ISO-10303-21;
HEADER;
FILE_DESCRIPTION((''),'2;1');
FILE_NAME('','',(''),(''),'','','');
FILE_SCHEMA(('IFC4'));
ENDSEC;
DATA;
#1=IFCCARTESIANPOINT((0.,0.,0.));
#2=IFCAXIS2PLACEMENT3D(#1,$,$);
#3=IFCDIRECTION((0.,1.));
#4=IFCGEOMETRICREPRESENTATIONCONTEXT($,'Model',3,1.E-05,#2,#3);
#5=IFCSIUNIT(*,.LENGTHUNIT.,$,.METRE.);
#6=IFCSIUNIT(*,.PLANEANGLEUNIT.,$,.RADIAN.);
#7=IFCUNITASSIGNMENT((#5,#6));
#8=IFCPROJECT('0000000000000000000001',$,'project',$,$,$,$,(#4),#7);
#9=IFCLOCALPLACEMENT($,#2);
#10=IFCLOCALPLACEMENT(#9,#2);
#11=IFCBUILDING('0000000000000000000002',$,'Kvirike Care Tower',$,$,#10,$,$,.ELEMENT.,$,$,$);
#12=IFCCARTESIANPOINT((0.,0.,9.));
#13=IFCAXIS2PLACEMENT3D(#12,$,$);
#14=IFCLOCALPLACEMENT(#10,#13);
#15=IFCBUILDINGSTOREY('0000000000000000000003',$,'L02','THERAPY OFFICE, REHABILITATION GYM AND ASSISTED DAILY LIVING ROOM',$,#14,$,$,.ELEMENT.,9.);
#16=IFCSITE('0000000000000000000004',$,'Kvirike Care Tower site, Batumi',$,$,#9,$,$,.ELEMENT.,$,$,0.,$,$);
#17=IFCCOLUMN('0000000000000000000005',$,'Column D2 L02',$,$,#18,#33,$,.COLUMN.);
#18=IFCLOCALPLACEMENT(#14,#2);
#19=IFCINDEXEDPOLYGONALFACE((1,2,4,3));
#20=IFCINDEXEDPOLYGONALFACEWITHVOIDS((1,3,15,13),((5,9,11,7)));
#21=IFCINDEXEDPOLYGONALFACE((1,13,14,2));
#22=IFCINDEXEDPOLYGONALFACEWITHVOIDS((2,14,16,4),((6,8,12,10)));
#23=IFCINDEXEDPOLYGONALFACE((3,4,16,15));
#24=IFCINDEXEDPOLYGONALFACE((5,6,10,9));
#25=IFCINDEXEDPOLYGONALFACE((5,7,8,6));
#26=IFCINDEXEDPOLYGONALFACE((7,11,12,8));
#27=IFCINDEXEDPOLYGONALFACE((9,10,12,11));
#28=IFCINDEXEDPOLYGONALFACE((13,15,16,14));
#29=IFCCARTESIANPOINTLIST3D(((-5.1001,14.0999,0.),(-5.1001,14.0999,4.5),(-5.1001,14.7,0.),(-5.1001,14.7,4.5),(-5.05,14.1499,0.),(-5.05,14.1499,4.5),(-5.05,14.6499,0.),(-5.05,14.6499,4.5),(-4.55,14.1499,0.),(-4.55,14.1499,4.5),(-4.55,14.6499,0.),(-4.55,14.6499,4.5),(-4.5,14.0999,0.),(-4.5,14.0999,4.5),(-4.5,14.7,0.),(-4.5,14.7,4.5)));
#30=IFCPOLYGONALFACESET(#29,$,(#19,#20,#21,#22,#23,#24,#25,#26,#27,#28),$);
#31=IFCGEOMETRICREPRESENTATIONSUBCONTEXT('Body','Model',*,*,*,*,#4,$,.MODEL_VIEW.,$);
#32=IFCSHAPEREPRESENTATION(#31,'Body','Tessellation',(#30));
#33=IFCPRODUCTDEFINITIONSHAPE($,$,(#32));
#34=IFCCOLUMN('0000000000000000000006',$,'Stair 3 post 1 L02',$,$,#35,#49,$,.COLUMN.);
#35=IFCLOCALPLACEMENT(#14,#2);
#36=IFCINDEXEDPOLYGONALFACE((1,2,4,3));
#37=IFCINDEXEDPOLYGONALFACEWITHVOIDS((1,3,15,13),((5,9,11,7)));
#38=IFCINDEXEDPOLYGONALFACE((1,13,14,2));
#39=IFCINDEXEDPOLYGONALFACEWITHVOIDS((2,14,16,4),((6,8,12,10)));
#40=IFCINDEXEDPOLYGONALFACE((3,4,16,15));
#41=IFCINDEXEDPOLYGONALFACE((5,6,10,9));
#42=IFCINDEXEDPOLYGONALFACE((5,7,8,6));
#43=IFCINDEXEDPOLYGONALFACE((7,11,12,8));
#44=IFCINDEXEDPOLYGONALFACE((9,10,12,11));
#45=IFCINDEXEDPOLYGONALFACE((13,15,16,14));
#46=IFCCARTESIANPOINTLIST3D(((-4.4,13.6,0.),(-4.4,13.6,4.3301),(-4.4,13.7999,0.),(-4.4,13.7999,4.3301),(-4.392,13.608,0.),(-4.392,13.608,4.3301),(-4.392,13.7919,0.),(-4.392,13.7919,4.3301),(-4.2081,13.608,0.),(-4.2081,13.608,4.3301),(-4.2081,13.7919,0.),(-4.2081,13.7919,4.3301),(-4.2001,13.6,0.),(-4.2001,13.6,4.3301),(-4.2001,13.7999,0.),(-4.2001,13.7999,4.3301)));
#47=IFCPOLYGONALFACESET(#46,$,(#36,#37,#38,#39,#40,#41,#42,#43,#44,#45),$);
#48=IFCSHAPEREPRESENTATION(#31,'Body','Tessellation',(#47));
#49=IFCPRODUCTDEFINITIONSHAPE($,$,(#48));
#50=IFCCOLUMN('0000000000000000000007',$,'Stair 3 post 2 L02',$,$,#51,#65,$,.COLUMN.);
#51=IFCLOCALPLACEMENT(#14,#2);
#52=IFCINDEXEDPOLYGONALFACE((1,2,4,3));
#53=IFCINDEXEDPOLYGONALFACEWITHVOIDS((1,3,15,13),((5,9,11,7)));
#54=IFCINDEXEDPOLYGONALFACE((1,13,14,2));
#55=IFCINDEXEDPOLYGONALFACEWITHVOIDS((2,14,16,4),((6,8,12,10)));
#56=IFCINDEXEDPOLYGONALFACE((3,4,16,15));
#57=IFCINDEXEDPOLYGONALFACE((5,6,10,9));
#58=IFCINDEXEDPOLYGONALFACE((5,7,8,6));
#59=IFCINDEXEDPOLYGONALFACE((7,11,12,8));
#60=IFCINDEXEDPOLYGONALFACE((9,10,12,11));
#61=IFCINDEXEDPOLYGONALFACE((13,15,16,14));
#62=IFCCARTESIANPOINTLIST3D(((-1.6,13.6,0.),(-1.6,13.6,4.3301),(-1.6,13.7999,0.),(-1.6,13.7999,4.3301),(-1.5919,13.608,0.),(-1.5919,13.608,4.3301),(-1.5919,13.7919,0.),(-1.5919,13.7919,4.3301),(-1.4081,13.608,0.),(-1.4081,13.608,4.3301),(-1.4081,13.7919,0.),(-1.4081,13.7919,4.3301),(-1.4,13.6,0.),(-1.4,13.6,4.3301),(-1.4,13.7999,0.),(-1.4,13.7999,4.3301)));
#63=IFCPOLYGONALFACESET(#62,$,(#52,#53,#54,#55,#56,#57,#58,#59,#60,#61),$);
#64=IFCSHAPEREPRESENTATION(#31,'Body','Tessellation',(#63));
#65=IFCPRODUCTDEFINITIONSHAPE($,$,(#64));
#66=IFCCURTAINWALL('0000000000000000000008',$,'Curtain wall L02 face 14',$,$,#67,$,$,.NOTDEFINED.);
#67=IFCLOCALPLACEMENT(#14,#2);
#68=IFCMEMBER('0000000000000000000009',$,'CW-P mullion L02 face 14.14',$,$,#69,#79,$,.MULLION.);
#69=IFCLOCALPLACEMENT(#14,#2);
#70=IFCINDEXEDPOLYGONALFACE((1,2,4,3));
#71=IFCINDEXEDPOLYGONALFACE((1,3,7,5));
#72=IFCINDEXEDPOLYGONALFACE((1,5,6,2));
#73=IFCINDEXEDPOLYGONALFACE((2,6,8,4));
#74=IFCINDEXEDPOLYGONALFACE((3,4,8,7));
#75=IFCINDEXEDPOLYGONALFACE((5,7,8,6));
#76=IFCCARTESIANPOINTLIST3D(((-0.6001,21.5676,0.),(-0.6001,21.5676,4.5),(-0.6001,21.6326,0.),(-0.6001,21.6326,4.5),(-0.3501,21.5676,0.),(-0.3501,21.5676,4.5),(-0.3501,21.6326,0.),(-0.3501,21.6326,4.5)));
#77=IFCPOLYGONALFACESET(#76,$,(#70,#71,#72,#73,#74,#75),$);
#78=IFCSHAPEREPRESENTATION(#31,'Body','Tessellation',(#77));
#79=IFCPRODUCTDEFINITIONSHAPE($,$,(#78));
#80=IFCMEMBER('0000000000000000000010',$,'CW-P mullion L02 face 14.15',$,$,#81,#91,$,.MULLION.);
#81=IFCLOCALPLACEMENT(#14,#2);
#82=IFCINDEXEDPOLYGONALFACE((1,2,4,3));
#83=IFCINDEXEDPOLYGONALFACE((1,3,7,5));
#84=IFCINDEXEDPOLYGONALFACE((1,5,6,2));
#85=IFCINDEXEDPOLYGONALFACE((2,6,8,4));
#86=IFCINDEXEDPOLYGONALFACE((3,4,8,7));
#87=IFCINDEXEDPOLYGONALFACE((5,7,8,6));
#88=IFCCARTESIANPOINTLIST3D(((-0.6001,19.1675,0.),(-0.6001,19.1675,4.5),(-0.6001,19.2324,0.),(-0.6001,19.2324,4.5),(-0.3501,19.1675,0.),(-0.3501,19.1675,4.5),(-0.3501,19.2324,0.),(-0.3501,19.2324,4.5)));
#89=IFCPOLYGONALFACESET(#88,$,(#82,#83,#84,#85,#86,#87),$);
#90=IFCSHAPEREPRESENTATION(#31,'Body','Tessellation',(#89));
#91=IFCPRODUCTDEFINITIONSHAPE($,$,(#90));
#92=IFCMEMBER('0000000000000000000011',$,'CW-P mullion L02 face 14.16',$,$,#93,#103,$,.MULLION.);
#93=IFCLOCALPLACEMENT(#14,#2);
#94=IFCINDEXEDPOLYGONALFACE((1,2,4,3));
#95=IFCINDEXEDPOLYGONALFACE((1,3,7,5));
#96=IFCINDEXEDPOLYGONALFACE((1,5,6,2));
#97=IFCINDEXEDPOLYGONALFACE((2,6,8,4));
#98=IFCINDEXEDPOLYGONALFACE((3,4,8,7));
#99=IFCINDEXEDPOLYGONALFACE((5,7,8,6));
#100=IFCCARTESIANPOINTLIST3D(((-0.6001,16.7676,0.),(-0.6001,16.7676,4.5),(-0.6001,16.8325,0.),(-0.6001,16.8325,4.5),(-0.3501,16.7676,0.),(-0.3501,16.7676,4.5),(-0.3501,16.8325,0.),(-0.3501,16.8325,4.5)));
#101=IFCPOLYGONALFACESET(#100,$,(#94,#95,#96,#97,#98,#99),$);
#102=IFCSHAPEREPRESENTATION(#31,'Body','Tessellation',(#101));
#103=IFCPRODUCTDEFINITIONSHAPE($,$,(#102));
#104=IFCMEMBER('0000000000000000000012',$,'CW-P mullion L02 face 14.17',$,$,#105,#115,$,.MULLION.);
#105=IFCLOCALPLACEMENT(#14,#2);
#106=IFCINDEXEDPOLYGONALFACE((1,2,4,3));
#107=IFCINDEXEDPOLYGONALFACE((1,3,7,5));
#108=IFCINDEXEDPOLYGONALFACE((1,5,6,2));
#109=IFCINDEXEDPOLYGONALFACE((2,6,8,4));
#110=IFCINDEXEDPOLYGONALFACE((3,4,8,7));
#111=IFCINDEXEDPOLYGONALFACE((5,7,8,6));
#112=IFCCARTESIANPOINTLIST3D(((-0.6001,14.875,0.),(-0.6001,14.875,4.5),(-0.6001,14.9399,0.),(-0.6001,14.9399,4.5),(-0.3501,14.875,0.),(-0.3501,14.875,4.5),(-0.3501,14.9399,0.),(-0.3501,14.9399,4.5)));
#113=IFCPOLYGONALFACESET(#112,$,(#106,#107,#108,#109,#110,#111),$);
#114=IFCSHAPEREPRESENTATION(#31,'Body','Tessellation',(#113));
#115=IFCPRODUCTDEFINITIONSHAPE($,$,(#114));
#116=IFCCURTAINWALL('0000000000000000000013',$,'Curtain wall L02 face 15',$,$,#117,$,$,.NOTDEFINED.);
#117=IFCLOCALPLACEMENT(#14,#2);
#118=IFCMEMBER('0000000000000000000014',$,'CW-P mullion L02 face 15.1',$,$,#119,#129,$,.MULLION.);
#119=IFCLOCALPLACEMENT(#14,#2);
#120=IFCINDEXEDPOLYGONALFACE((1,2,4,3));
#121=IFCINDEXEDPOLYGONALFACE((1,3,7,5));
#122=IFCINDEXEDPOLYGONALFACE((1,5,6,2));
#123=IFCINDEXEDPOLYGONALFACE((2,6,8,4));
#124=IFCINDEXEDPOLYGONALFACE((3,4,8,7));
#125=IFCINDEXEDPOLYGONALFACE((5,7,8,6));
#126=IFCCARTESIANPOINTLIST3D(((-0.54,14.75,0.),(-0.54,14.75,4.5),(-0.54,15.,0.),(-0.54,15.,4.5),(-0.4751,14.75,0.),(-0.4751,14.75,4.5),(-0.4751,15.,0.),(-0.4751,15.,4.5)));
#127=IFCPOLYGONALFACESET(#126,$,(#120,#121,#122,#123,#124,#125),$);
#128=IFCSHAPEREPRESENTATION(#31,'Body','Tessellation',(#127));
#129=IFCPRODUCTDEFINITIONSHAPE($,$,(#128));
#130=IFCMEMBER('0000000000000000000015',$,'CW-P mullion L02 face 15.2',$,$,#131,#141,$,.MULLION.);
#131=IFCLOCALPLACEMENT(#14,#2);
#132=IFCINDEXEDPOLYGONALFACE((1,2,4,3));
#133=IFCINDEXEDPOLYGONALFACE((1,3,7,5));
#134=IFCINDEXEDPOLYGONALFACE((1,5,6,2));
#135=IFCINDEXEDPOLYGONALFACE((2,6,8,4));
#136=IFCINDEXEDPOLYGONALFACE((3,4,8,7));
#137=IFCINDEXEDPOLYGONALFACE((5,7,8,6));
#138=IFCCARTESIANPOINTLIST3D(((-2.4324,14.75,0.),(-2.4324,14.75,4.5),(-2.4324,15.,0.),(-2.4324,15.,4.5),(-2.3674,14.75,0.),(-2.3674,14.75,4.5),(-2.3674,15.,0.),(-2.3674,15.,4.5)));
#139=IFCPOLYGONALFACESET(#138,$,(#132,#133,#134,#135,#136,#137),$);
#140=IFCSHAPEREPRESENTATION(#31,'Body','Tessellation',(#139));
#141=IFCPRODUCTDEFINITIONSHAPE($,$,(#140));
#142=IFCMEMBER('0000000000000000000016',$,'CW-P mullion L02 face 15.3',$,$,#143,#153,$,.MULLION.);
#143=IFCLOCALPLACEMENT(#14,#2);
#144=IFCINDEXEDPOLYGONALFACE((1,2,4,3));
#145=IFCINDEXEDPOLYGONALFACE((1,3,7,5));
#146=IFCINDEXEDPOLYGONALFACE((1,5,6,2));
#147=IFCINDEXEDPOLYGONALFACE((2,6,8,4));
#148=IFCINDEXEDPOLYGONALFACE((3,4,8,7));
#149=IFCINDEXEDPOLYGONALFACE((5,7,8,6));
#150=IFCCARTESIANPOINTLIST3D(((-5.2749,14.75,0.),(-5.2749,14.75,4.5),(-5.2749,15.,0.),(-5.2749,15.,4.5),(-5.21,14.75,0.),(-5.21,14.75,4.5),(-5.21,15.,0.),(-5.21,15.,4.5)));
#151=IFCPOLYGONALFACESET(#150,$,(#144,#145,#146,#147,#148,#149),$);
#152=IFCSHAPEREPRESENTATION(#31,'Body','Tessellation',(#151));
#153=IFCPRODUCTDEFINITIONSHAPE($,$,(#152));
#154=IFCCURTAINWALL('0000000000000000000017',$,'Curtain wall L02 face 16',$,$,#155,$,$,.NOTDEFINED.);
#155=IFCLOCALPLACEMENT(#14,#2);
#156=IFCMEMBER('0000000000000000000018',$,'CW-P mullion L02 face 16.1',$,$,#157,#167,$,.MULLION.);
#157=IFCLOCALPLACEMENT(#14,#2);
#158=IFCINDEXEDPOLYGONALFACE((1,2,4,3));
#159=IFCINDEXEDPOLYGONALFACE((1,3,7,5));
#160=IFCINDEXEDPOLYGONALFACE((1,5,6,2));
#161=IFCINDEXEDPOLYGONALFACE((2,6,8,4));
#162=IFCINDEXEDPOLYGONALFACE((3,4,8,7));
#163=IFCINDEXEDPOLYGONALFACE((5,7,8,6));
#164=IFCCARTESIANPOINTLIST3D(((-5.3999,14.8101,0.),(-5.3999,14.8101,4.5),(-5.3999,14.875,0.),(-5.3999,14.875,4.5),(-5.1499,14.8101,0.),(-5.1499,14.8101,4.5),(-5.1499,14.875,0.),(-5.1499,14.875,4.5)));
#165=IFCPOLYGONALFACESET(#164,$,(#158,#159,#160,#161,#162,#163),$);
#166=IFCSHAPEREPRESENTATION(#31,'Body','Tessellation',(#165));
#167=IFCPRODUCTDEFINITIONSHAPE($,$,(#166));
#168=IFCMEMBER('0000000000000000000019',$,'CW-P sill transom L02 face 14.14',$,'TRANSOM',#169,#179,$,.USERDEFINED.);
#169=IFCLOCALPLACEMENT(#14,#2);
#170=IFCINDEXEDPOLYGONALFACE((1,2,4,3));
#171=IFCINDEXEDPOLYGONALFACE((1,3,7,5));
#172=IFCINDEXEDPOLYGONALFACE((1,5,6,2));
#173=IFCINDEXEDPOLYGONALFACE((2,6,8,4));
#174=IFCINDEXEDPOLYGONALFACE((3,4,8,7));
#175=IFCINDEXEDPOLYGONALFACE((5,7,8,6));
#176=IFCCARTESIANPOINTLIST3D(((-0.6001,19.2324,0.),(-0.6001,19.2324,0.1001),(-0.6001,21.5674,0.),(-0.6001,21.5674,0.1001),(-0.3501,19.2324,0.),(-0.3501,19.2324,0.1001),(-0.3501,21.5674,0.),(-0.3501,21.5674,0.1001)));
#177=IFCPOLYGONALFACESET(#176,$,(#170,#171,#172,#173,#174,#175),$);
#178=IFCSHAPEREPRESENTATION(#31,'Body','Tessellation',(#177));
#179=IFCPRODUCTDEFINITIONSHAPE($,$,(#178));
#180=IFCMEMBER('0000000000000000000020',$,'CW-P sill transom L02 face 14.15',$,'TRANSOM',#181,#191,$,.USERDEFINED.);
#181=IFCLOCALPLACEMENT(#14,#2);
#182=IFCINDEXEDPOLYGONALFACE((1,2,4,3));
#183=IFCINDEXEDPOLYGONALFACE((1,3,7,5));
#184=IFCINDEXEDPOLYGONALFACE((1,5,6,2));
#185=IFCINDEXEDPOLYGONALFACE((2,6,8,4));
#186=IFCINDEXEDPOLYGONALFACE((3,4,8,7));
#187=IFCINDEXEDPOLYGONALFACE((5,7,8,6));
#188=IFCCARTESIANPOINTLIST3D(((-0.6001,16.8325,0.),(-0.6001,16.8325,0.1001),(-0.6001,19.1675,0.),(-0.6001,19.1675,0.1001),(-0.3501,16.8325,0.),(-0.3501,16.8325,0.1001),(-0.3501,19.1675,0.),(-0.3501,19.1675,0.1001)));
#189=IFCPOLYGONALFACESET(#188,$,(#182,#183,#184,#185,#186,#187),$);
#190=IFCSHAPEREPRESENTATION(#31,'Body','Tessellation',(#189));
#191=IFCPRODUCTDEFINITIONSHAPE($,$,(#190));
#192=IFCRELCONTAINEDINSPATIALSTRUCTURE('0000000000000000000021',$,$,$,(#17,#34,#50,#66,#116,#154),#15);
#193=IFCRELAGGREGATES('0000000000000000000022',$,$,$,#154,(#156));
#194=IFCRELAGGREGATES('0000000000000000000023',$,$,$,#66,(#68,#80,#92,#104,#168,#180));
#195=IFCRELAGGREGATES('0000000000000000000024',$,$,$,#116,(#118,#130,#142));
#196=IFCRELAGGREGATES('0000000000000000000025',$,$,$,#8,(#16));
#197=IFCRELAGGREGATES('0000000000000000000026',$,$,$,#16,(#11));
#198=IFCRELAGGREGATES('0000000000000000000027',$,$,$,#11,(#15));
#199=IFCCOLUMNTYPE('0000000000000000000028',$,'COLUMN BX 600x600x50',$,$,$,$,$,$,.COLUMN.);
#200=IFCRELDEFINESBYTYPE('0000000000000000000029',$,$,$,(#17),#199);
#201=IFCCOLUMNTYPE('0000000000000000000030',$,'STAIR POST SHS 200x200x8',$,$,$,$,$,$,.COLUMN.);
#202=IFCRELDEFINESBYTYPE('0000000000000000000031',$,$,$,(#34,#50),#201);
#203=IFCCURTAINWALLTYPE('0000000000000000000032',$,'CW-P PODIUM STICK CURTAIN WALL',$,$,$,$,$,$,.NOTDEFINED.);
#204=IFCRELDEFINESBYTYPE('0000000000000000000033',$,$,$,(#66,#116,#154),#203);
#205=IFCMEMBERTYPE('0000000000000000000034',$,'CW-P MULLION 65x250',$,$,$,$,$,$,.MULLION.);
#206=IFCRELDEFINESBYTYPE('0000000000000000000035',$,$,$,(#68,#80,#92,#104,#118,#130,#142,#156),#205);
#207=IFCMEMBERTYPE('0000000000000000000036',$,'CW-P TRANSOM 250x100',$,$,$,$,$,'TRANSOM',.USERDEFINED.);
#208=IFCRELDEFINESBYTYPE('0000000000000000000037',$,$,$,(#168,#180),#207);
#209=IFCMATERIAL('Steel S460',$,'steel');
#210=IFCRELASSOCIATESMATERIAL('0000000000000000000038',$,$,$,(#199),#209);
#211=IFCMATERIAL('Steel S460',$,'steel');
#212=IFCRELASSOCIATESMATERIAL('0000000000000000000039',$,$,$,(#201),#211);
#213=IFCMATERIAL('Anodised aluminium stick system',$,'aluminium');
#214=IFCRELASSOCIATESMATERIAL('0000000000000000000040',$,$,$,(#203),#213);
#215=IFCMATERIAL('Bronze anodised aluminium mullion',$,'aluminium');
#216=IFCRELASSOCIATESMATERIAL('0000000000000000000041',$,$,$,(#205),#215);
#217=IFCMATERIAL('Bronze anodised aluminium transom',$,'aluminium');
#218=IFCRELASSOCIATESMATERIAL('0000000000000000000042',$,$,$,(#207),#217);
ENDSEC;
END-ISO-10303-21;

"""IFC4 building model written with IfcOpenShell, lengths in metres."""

from ifc_helpers import new_model, si_unit, direction, frame, origin, origin_2d, place, context, subcontext, project, spatial, rectangle, hollow_rectangle, extrude, material, material_profile, profile_set, type_object, element, aggregate, save


model = new_model("IFC4")

# Units and contexts
model_context = context("Model", 3, precision=1e-05, world=origin(), true_north=direction((0.0, 1.0)))
body_context = subcontext(model_context, "Body", "Model", "MODEL_VIEW")
ifc_project = project(units=[si_unit("LENGTHUNIT", "METRE"), si_unit("PLANEANGLEUNIT", "RADIAN")], contexts=[model_context])

# Site, building, storey
site_placement = place(None, origin())
site = spatial("IfcSite", under=ifc_project, at=site_placement, Name="Kvirike Care Tower site, Batumi", CompositionType="ELEMENT", RefElevation=0.0)
building_placement = place(site_placement, origin())
building = spatial("IfcBuilding", under=site, at=building_placement, Name="Kvirike Care Tower", CompositionType="ELEMENT")
storey_placement = place(building_placement, frame((0.0, 0.0, 9.0)))
storey = spatial("IfcBuildingStorey", under=building, at=storey_placement, Name="L02", Description="THERAPY OFFICE, REHABILITATION GYM AND ASSISTED DAILY LIVING ROOM", CompositionType="ELEMENT", Elevation=9.0)

# Columns
ifc_material_1 = material(Name="Steel S460", Category="steel")
ifc_material_profile_1 = material_profile(ifc_material_1, hollow_rectangle(XDim=0.6001, YDim=0.6001, WallThickness=0.05, at=origin_2d()), Name="BX 600x600x50")
ifc_profile_set_1 = profile_set([ifc_material_profile_1], Name="Steel S460")
column_type_1 = type_object("IfcColumnType", Name="COLUMN BX 600x600x50", PredefinedType="COLUMN", material=ifc_profile_set_1)
column_placement = place(storey_placement, frame((-4.8, 14.3999, 0.0), z_axis=(0.0, 0.0, 1.0), x_axis=(0.0, 1.0, 0.0)))
element("IfcColumn", 1, at=column_placement, inside=storey, type_object=column_type_1, Name="Column D2 L02", PredefinedType="COLUMN", context=body_context, shape_type="SweptSolid", body=[
    extrude(hollow_rectangle(XDim=0.6001, YDim=0.6001, WallThickness=0.05, at=origin_2d()), origin(), (0.0, 0.0, 1.0), 4.5),
])
ifc_material_2 = material(Name="Steel S460", Category="steel")
ifc_material_profile_2 = material_profile(ifc_material_2, hollow_rectangle(XDim=0.2, YDim=0.2, WallThickness=0.0081, at=origin_2d()), Name="SHS 200x200x8")
ifc_profile_set_2 = profile_set([ifc_material_profile_2], Name="Steel S460")
column_type_2 = type_object("IfcColumnType", Name="STAIR POST SHS 200x200x8", PredefinedType="COLUMN", material=ifc_profile_set_2)
for number, where, z_axis, x_axis, name in (
    (2, (-4.3, 13.7, 0.0), (0.0, 0.0, 1.0), (1.0, 0.0, 0.0), "Stair 3 post 1 L02"),
    (3, (-1.5, 13.7, 0.0), (0.0, 0.0, 1.0), (1.0, 0.0, 0.0), "Stair 3 post 2 L02"),
):
    element("IfcColumn", number, at=place(storey_placement, frame(where, z_axis=z_axis, x_axis=x_axis)), inside=storey, type_object=column_type_2, Name=name, PredefinedType="COLUMN", context=body_context, shape_type="SweptSolid", body=[
        extrude(hollow_rectangle(XDim=0.2, YDim=0.2, WallThickness=0.0081, at=origin_2d()), origin(), (0.0, 0.0, 1.0), 4.3301),
    ])

# Curtain walls, members
ifc_material_3 = material(Name="Anodised aluminium stick system", Category="aluminium")
curtain_wall_type = type_object("IfcCurtainWallType", Name="CW-P PODIUM STICK CURTAIN WALL", PredefinedType="NOTDEFINED", material=ifc_material_3)
curtain_wall_1_placement = place(storey_placement, origin())
curtain_wall_1 = element("IfcCurtainWall", 4, at=curtain_wall_1_placement, inside=storey, type_object=curtain_wall_type, Name="Curtain wall L02 face 14", PredefinedType="NOTDEFINED")
ifc_material_4 = material(Name="Bronze anodised aluminium mullion", Category="aluminium")
ifc_material_profile_3 = material_profile(ifc_material_4, rectangle(XDim=0.0649, YDim=0.25, at=origin_2d()), Name="CW-P MULLION 65x250")
ifc_profile_set_3 = profile_set([ifc_material_profile_3], Name="Bronze anodised aluminium mullion")
member_type_1 = type_object("IfcMemberType", Name="CW-P MULLION 65x250", PredefinedType="MULLION", material=ifc_profile_set_3)
member_1_placement = place(storey_placement, frame((-0.4751, 21.6001, 0.0), z_axis=(0.0, 0.0, 1.0), x_axis=(0.0, -1.0, 0.0)))
member_1 = element("IfcMember", 5, at=member_1_placement, type_object=member_type_1, Name="CW-P mullion L02 face 14.14", PredefinedType="MULLION", context=body_context, shape_type="SweptSolid", body=[
    extrude(rectangle(XDim=0.0649, YDim=0.25, at=origin_2d()), origin(), (0.0, 0.0, 1.0), 4.5),
])
member_2_placement = place(storey_placement, frame((-0.4751, 19.2, 0.0), z_axis=(0.0, 0.0, 1.0), x_axis=(0.0, -1.0, 0.0)))
member_2 = element("IfcMember", 6, at=member_2_placement, type_object=member_type_1, Name="CW-P mullion L02 face 14.15", PredefinedType="MULLION", context=body_context, shape_type="SweptSolid", body=[
    extrude(rectangle(XDim=0.0649, YDim=0.25, at=origin_2d()), origin(), (0.0, 0.0, 1.0), 4.5),
])
member_3_placement = place(storey_placement, frame((-0.4751, 16.8, 0.0), z_axis=(0.0, 0.0, 1.0), x_axis=(0.0, -1.0, 0.0)))
member_3 = element("IfcMember", 7, at=member_3_placement, type_object=member_type_1, Name="CW-P mullion L02 face 14.16", PredefinedType="MULLION", context=body_context, shape_type="SweptSolid", body=[
    extrude(rectangle(XDim=0.0649, YDim=0.25, at=origin_2d()), origin(), (0.0, 0.0, 1.0), 4.5),
])
member_4_placement = place(storey_placement, frame((-0.4751, 14.9075, 0.0), z_axis=(0.0, 0.0, 1.0), x_axis=(0.0, -1.0, 0.0)))
member_4 = element("IfcMember", 8, at=member_4_placement, type_object=member_type_1, Name="CW-P mullion L02 face 14.17", PredefinedType="MULLION", context=body_context, shape_type="SweptSolid", body=[
    extrude(rectangle(XDim=0.0649, YDim=0.25, at=origin_2d()), origin(), (0.0, 0.0, 1.0), 4.5),
])
curtain_wall_2_placement = place(storey_placement, origin())
curtain_wall_2 = element("IfcCurtainWall", 9, at=curtain_wall_2_placement, inside=storey, type_object=curtain_wall_type, Name="Curtain wall L02 face 15", PredefinedType="NOTDEFINED")
member_5_placement = place(storey_placement, frame((-0.5076, 14.875, 0.0), z_axis=(0.0, 0.0, 1.0), x_axis=(-1.0, 0.0, 0.0)))
member_5 = element("IfcMember", 10, at=member_5_placement, type_object=member_type_1, Name="CW-P mullion L02 face 15.1", PredefinedType="MULLION", context=body_context, shape_type="SweptSolid", body=[
    extrude(rectangle(XDim=0.0649, YDim=0.25, at=origin_2d()), origin(), (0.0, 0.0, 1.0), 4.5),
])
member_6_placement = place(storey_placement, frame((-2.3999, 14.875, 0.0), z_axis=(0.0, 0.0, 1.0), x_axis=(-1.0, 0.0, 0.0)))
member_6 = element("IfcMember", 11, at=member_6_placement, type_object=member_type_1, Name="CW-P mullion L02 face 15.2", PredefinedType="MULLION", context=body_context, shape_type="SweptSolid", body=[
    extrude(rectangle(XDim=0.0649, YDim=0.25, at=origin_2d()), origin(), (0.0, 0.0, 1.0), 4.5),
])
member_7_placement = place(storey_placement, frame((-5.2424, 14.875, 0.0), z_axis=(0.0, 0.0, 1.0), x_axis=(-1.0, 0.0, 0.0)))
member_7 = element("IfcMember", 12, at=member_7_placement, type_object=member_type_1, Name="CW-P mullion L02 face 15.3", PredefinedType="MULLION", context=body_context, shape_type="SweptSolid", body=[
    extrude(rectangle(XDim=0.0649, YDim=0.25, at=origin_2d()), origin(), (0.0, 0.0, 1.0), 4.5),
])

# Curtain wall, member
curtain_wall_3_placement = place(storey_placement, origin())
curtain_wall_3 = element("IfcCurtainWall", 13, at=curtain_wall_3_placement, inside=storey, type_object=curtain_wall_type, Name="Curtain wall L02 face 16", PredefinedType="NOTDEFINED")
member_8_placement = place(storey_placement, frame((-5.2749, 14.8425, 0.0), z_axis=(0.0, 0.0, 1.0), x_axis=(0.0, -1.0, 0.0)))
member_8 = element("IfcMember", 14, at=member_8_placement, type_object=member_type_1, Name="CW-P mullion L02 face 16.1", PredefinedType="MULLION", context=body_context, shape_type="SweptSolid", body=[
    extrude(rectangle(XDim=0.0649, YDim=0.25, at=origin_2d()), origin(), (0.0, 0.0, 1.0), 4.5),
])

# Members
ifc_material_5 = material(Name="Bronze anodised aluminium transom", Category="aluminium")
ifc_material_profile_4 = material_profile(ifc_material_5, rectangle(XDim=0.25, YDim=0.1001, at=origin_2d()), Name="CW-P TRANSOM 250x100")
ifc_profile_set_4 = profile_set([ifc_material_profile_4], Name="Bronze anodised aluminium transom")
member_type_2 = type_object("IfcMemberType", Name="CW-P TRANSOM 250x100", ElementType="TRANSOM", PredefinedType="USERDEFINED", material=ifc_profile_set_4)
member_9_placement = place(storey_placement, frame((-0.4751, 21.5674, 0.05), z_axis=(0.0, -1.0, 0.0), x_axis=(1.0, 0.0, 0.0)))
member_9 = element("IfcMember", 15, at=member_9_placement, type_object=member_type_2, Name="CW-P sill transom L02 face 14.14", ObjectType="TRANSOM", PredefinedType="USERDEFINED", context=body_context, shape_type="SweptSolid", body=[
    extrude(rectangle(XDim=0.25, YDim=0.1001, at=origin_2d()), origin(), (0.0, 0.0, 1.0), 2.335),
])
member_10_placement = place(storey_placement, frame((-0.4751, 19.1675, 0.05), z_axis=(0.0, -1.0, 0.0), x_axis=(1.0, 0.0, 0.0)))
member_10 = element("IfcMember", 16, at=member_10_placement, type_object=member_type_2, Name="CW-P sill transom L02 face 14.15", ObjectType="TRANSOM", PredefinedType="USERDEFINED", context=body_context, shape_type="SweptSolid", body=[
    extrude(rectangle(XDim=0.25, YDim=0.1001, at=origin_2d()), origin(), (0.0, 0.0, 1.0), 2.335),
])
aggregate(curtain_wall_3, [member_8])

aggregate(curtain_wall_1, [member_1, member_2, member_3, member_4, member_9, member_10])
aggregate(curtain_wall_2, [member_5, member_6, member_7])

save(model, "model.ifc")
